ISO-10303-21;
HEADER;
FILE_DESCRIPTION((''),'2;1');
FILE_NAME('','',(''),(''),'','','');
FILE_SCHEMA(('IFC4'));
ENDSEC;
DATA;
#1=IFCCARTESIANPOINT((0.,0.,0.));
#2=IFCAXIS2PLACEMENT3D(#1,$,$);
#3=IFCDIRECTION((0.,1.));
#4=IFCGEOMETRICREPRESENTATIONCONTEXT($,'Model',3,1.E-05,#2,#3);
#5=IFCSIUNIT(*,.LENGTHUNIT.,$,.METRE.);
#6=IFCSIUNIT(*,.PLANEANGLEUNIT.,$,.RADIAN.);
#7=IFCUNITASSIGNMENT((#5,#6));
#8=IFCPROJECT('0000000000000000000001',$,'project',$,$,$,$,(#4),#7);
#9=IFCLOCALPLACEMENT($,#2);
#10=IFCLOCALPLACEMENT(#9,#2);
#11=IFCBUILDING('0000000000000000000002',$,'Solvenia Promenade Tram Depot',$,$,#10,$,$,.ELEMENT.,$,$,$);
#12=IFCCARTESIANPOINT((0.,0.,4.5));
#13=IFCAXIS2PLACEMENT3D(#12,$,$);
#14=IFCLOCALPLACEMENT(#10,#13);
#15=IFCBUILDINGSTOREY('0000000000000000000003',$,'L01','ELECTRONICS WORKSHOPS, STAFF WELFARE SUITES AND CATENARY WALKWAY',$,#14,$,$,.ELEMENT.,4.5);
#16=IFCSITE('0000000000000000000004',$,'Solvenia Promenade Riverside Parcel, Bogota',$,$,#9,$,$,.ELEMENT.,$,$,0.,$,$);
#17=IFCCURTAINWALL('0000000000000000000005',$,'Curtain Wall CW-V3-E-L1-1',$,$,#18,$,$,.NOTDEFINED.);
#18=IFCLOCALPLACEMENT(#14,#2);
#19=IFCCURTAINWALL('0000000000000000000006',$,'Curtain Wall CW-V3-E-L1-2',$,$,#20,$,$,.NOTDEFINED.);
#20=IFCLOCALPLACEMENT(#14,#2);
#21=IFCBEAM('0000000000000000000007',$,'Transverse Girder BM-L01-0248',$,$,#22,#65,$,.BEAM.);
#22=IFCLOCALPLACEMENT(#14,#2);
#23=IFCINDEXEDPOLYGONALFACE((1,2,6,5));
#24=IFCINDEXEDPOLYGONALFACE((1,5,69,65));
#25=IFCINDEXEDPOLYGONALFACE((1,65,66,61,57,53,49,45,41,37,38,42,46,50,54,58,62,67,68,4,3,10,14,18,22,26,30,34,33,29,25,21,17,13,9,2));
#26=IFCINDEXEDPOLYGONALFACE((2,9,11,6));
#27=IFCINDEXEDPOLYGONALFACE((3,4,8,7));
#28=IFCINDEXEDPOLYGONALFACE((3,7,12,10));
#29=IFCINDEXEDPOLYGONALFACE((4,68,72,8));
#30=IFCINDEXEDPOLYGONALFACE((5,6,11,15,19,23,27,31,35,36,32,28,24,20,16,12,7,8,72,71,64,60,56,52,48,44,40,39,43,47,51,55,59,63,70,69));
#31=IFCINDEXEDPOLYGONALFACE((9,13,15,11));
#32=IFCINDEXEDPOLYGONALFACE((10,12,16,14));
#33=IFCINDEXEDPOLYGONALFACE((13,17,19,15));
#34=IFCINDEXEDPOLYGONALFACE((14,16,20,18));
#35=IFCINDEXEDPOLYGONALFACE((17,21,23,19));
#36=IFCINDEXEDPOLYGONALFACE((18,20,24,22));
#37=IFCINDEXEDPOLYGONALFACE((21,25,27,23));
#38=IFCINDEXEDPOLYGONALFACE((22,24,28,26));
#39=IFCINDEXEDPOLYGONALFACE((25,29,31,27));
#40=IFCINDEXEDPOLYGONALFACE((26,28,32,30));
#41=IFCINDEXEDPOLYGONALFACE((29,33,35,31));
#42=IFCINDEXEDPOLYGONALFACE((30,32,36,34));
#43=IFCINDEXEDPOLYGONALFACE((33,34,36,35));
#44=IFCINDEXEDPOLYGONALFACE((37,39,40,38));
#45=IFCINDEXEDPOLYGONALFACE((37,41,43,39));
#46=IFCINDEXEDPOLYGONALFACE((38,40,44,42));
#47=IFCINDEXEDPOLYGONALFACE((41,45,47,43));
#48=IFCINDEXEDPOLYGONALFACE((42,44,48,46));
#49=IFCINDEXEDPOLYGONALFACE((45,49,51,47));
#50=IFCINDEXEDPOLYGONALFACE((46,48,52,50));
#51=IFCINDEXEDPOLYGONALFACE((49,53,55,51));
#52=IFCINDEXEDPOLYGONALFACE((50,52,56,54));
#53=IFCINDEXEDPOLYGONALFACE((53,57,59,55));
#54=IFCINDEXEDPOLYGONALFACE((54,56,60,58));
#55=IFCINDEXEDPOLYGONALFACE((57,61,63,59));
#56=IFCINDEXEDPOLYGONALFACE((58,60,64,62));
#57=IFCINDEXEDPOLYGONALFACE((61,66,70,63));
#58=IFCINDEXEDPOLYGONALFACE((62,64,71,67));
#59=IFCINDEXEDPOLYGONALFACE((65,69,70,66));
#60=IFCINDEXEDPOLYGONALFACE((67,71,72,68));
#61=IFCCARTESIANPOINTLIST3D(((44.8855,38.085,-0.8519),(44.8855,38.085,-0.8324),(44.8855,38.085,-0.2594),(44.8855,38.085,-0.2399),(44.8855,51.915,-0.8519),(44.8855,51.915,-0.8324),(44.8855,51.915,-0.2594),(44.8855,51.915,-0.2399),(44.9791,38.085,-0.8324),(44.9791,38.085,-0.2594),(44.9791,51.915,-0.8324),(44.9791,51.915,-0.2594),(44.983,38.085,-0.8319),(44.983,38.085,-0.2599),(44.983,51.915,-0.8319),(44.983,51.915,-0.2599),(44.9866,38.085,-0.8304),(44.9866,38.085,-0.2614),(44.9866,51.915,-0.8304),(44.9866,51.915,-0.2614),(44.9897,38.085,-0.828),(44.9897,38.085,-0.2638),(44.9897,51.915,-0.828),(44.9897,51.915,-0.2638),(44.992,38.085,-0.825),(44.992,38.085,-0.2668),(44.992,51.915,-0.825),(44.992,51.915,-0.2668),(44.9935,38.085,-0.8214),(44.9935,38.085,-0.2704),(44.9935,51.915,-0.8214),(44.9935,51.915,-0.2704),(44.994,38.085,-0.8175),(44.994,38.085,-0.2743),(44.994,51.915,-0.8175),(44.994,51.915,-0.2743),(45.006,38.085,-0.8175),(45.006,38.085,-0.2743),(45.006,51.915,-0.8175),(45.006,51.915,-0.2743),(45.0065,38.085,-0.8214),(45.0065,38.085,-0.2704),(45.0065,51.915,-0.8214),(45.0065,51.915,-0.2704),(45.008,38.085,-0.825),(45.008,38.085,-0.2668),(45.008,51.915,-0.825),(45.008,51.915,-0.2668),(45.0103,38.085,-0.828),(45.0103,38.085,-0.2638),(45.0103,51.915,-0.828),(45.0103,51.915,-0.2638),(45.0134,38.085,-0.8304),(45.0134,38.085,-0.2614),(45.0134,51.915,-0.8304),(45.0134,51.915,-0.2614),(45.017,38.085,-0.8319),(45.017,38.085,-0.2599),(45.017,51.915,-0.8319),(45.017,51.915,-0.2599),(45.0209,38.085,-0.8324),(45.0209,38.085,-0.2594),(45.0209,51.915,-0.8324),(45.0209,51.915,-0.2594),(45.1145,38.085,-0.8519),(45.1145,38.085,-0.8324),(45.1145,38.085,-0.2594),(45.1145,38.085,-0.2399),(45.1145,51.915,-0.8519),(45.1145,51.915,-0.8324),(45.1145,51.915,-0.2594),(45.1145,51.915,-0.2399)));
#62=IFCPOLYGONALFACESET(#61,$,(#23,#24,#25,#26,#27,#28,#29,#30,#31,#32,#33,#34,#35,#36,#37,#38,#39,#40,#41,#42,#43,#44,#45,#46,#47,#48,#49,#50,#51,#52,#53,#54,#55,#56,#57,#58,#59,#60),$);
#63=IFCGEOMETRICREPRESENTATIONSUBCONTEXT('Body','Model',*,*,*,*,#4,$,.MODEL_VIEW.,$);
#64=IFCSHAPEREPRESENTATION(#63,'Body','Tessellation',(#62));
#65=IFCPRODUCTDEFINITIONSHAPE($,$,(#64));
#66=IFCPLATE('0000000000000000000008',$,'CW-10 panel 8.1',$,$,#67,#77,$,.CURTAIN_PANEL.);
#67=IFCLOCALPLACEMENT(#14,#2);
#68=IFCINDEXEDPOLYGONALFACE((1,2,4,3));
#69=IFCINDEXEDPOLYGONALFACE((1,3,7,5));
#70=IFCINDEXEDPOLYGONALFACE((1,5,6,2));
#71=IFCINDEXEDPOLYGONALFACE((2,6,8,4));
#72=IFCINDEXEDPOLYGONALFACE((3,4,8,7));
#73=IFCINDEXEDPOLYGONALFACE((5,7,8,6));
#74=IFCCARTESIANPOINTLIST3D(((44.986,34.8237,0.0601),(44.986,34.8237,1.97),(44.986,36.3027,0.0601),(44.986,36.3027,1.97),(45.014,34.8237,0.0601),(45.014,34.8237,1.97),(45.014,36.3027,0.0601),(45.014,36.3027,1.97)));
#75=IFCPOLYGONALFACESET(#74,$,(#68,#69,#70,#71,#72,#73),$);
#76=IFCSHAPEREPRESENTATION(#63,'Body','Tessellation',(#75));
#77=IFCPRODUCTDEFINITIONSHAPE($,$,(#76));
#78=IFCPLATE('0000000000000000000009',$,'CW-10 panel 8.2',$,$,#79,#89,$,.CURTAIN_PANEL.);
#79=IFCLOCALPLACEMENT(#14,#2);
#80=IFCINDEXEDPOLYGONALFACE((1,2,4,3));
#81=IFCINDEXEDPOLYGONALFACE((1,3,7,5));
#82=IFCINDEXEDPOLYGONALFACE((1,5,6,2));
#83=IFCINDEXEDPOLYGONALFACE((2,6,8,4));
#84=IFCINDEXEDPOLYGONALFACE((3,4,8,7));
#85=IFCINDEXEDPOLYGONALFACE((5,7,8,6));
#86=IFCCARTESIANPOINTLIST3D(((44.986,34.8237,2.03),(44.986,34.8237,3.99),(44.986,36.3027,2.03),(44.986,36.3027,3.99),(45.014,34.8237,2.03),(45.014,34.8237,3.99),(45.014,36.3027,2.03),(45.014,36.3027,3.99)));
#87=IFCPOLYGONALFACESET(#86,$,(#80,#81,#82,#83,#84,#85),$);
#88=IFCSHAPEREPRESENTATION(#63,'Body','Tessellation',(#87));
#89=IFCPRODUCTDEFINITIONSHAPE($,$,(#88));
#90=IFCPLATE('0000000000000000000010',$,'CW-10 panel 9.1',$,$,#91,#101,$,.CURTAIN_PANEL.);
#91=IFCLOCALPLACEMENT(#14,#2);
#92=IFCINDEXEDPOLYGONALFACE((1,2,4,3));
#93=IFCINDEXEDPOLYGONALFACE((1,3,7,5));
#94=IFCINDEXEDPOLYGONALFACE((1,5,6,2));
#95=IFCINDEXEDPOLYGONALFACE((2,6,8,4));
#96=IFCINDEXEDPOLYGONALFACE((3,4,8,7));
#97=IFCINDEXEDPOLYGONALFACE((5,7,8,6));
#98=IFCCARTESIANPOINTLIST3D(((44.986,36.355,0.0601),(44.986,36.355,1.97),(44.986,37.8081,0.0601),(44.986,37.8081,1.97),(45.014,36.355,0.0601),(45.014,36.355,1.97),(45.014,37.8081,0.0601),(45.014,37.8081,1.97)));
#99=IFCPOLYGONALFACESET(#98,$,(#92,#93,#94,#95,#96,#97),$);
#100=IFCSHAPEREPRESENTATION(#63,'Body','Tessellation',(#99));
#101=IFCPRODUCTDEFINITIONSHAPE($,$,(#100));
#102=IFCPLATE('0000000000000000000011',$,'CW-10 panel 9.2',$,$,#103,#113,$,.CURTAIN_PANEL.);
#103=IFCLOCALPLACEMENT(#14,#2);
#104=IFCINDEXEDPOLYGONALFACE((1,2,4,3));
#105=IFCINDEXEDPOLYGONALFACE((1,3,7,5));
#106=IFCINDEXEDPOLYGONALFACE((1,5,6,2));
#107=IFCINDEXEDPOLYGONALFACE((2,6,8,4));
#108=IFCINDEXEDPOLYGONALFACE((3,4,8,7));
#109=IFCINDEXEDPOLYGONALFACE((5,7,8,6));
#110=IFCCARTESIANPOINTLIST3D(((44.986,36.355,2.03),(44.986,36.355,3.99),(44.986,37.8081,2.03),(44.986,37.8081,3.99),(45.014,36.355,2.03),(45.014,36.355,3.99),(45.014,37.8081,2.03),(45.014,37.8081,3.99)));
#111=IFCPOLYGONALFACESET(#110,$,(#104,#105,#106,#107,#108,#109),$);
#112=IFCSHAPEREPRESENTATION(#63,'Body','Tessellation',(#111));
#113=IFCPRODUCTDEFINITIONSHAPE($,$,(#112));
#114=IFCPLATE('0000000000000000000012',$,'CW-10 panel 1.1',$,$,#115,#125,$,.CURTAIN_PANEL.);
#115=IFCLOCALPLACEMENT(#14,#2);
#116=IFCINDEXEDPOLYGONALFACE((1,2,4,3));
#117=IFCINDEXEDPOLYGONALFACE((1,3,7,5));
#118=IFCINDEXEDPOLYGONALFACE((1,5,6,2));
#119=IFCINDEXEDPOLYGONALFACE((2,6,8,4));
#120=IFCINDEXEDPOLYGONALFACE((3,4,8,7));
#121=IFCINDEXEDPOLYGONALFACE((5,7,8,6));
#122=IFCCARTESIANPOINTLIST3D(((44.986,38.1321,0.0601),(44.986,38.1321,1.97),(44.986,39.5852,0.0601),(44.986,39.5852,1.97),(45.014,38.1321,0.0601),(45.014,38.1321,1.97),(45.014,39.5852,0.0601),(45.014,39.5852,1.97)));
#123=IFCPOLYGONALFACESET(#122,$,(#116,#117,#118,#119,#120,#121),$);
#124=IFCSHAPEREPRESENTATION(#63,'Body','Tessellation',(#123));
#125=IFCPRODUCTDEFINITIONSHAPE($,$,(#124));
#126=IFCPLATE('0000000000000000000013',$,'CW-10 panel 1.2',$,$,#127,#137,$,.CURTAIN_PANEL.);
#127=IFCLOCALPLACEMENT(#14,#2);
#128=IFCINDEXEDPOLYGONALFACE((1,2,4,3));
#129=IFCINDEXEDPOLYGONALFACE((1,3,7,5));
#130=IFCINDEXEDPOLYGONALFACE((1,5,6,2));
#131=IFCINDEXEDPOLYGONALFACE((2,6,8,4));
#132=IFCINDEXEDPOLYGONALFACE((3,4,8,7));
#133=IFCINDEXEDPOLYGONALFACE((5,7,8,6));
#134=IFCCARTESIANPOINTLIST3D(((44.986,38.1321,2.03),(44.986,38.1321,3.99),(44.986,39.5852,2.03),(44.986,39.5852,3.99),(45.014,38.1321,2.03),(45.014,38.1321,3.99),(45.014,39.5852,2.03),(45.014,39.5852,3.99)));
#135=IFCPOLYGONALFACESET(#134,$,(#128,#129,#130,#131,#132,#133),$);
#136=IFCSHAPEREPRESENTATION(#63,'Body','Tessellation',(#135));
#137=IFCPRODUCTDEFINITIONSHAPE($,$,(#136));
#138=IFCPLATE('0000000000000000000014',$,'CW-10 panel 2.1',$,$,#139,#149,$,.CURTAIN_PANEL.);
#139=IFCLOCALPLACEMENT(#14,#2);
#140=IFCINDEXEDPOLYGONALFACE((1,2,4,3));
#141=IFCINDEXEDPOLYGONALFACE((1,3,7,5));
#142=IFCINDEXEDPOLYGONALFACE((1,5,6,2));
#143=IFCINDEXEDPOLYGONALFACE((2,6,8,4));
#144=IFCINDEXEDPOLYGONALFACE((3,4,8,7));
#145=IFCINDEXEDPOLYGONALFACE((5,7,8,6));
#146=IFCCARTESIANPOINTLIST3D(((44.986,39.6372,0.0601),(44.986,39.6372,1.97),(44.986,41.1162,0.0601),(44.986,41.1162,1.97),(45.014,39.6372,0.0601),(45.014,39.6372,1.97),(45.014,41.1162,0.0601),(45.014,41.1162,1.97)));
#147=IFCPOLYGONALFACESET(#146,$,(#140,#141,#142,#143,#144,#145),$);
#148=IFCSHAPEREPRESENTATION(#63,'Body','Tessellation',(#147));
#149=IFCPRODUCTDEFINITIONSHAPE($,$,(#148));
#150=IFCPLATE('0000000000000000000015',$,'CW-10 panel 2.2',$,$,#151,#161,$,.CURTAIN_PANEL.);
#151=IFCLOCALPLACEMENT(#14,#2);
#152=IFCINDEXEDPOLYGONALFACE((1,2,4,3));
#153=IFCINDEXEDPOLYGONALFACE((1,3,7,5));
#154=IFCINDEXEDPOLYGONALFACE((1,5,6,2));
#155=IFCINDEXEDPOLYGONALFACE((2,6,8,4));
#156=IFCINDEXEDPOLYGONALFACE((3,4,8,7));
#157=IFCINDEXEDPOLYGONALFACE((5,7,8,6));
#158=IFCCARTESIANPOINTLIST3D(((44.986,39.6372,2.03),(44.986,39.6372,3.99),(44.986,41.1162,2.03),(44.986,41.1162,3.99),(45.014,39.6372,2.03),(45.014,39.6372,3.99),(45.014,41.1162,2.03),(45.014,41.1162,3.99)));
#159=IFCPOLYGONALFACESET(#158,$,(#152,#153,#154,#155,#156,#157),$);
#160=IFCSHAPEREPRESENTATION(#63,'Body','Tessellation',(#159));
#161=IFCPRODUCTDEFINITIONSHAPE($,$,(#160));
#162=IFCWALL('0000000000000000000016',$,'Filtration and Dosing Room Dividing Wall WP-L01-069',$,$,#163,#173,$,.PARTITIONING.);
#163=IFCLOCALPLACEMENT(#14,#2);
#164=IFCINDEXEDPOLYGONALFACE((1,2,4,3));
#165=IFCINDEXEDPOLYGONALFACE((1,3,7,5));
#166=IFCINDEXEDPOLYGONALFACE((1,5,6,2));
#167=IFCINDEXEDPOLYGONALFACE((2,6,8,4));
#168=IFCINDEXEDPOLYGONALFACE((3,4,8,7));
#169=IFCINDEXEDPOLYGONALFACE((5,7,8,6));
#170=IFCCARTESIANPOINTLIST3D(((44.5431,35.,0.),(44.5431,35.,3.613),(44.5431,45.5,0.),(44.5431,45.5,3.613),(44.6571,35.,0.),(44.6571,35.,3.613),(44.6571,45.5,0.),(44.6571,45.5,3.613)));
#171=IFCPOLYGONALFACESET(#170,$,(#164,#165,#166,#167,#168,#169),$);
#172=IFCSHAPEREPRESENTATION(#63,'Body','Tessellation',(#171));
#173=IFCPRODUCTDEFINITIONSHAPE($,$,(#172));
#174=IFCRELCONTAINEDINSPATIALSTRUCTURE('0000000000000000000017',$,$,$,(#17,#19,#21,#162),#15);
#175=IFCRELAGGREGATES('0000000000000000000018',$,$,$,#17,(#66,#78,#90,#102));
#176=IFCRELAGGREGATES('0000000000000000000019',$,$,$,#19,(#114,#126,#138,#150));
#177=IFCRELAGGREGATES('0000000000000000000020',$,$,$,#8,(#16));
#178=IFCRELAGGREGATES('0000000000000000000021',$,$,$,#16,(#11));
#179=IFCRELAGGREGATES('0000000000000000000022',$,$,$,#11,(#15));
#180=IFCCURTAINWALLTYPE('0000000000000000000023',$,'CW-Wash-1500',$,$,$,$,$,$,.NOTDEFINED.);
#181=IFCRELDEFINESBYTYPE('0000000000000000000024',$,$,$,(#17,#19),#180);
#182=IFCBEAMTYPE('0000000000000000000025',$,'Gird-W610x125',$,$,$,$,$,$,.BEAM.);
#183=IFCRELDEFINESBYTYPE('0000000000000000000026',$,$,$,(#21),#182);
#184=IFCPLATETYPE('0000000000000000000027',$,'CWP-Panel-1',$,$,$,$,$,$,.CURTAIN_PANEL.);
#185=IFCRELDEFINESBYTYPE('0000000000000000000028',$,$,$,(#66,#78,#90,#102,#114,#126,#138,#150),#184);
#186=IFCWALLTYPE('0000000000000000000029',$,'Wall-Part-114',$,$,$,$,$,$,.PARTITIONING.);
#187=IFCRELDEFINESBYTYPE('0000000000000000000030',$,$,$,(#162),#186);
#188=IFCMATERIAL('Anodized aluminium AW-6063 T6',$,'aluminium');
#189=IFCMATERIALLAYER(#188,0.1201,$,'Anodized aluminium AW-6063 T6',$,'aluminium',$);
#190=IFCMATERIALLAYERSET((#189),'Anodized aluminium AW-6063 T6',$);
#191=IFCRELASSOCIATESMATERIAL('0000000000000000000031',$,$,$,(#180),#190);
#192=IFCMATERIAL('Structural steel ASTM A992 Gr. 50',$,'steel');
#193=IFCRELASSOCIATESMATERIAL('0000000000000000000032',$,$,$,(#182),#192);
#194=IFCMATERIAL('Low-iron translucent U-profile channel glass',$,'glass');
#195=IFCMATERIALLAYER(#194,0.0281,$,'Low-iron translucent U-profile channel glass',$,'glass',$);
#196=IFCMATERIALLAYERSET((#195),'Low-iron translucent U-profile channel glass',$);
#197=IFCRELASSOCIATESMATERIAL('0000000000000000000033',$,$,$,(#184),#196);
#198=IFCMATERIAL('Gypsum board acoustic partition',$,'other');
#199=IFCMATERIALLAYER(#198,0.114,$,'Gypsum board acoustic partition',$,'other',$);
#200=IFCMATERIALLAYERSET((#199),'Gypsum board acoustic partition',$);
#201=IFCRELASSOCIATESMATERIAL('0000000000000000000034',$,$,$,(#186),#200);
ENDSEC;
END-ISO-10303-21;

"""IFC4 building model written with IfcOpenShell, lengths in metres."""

from ifc_helpers import new_model, si_unit, direction, frame, frame_2d, origin, origin_2d, place, context, subcontext, project, spatial, rectangle, i_section, extrude, material, layer, layer_set, material_profile, profile_set, type_object, element, aggregate, save


model = new_model("IFC4")

# Units and contexts
model_context = context("Model", 3, precision=1e-05, world=origin(), true_north=direction((0.0, 1.0)))
body_context = subcontext(model_context, "Body", "Model", "MODEL_VIEW")
ifc_project = project(units=[si_unit("LENGTHUNIT", "METRE"), si_unit("PLANEANGLEUNIT", "RADIAN")], contexts=[model_context])

# Site, building, storey
site_placement = place(None, origin())
site = spatial("IfcSite", under=ifc_project, at=site_placement, Name="Solvenia Promenade Riverside Parcel, Bogota", CompositionType="ELEMENT", RefElevation=0.0)
building_placement = place(site_placement, origin())
building = spatial("IfcBuilding", under=site, at=building_placement, Name="Solvenia Promenade Tram Depot", CompositionType="ELEMENT")
storey_placement = place(building_placement, frame((0.0, 0.0, 4.5)))
storey = spatial("IfcBuildingStorey", under=building, at=storey_placement, Name="L01", Description="ELECTRONICS WORKSHOPS, STAFF WELFARE SUITES AND CATENARY WALKWAY", CompositionType="ELEMENT", Elevation=4.5)

# Shared definitions
ifc_material_1 = material(Name="Structural steel ASTM A992 Gr. 50", Category="steel")

# Curtain walls
ifc_material_2 = material(Name="Anodized aluminium AW-6063 T6", Category="aluminium")
ifc_layer_1 = layer(ifc_material_2, 0.1201, Name="Anodized aluminium AW-6063 T6", Category="aluminium")
ifc_layer_set_1 = layer_set([ifc_layer_1], Name="Anodized aluminium AW-6063 T6")
curtain_wall_type = type_object("IfcCurtainWallType", Name="CW-Wash-1500", PredefinedType="NOTDEFINED", material=ifc_layer_set_1)
curtain_wall_1_placement = place(storey_placement, origin())
curtain_wall_1 = element("IfcCurtainWall", 1, at=curtain_wall_1_placement, inside=storey, type_object=curtain_wall_type, Name="Curtain Wall CW-V3-E-L1-1", PredefinedType="NOTDEFINED")
curtain_wall_2_placement = place(storey_placement, origin())
curtain_wall_2 = element("IfcCurtainWall", 2, at=curtain_wall_2_placement, inside=storey, type_object=curtain_wall_type, Name="Curtain Wall CW-V3-E-L1-2", PredefinedType="NOTDEFINED")

# Beam
ifc_material_profile_1 = material_profile(ifc_material_1, i_section(OverallWidth=0.229, OverallDepth=0.6121, WebThickness=0.012, FlangeThickness=0.0195, FilletRadius=0.0149, at=origin_2d()), Name="W610x125", Category="steel")
ifc_profile_set_1 = profile_set([ifc_material_profile_1], Name="Structural steel ASTM A992 Gr. 50")
beam_type_1 = type_object("IfcBeamType", Name="Gird-W610x125", PredefinedType="BEAM", material=ifc_profile_set_1)
for number, where, z_axis, x_axis, name in (
    (3, (45.0, 38.085, -0.5459), (0.0, 1.0, 0.0), (-1.0, 0.0, 0.0), "Transverse Girder BM-L01-0248"),
):
    element("IfcBeam", number, at=place(storey_placement, frame(where, z_axis=z_axis, x_axis=x_axis)), inside=storey, type_object=beam_type_1, Name=name, PredefinedType="BEAM", context=body_context, shape_type="SweptSolid", body=[
        extrude(i_section(OverallWidth=0.229, OverallDepth=0.6121, WebThickness=0.012, FlangeThickness=0.0195, FilletRadius=0.0149, at=origin_2d()), origin(), (0.0, 0.0, 1.0), 13.8301),
    ])

# Plates
ifc_material_3 = material(Name="Low-iron translucent U-profile channel glass", Category="glass")
ifc_layer_2 = layer(ifc_material_3, 0.0281, Name="Low-iron translucent U-profile channel glass", Category="glass")
ifc_layer_set_2 = layer_set([ifc_layer_2], Name="Low-iron translucent U-profile channel glass")
plate_type = type_object("IfcPlateType", Name="CWP-Panel-1", PredefinedType="CURTAIN_PANEL", material=ifc_layer_set_2)
plate_1_placement = place(storey_placement, frame((45.0, 35.5632, 0.0601), z_axis=(0.0, 0.0, 1.0), x_axis=(0.0, 1.0, 0.0)))
plate_1 = element("IfcPlate", 4, at=plate_1_placement, type_object=plate_type, Name="CW-10 panel 8.1", PredefinedType="CURTAIN_PANEL", context=body_context, shape_type="SweptSolid", body=[
    extrude(rectangle(XDim=1.479, YDim=0.0281, at=origin_2d()), origin(), (0.0, 0.0, 1.0), 1.9099),
])
plate_2_placement = place(storey_placement, frame((45.0, 35.5632, 2.03), z_axis=(0.0, 0.0, 1.0), x_axis=(0.0, 1.0, 0.0)))
plate_2 = element("IfcPlate", 5, at=plate_2_placement, type_object=plate_type, Name="CW-10 panel 8.2", PredefinedType="CURTAIN_PANEL", context=body_context, shape_type="SweptSolid", body=[
    extrude(rectangle(XDim=1.479, YDim=0.0281, at=origin_2d()), origin(), (0.0, 0.0, 1.0), 1.96),
])
plate_3_placement = place(storey_placement, frame((45.0, 37.0815, 0.0601), z_axis=(0.0, 0.0, 1.0), x_axis=(0.0, 1.0, 0.0)))
plate_3 = element("IfcPlate", 6, at=plate_3_placement, type_object=plate_type, Name="CW-10 panel 9.1", PredefinedType="CURTAIN_PANEL", context=body_context, shape_type="SweptSolid", body=[
    extrude(rectangle(XDim=1.4531, YDim=0.0281, at=origin_2d()), origin(), (0.0, 0.0, 1.0), 1.9099),
])
plate_4_placement = place(storey_placement, frame((45.0, 37.0815, 2.03), z_axis=(0.0, 0.0, 1.0), x_axis=(0.0, 1.0, 0.0)))
plate_4 = element("IfcPlate", 7, at=plate_4_placement, type_object=plate_type, Name="CW-10 panel 9.2", PredefinedType="CURTAIN_PANEL", context=body_context, shape_type="SweptSolid", body=[
    extrude(rectangle(XDim=1.4531, YDim=0.0281, at=origin_2d()), origin(), (0.0, 0.0, 1.0), 1.96),
])
aggregate(curtain_wall_1, [plate_1, plate_2, plate_3, plate_4])
plate_5_placement = place(storey_placement, frame((45.0, 38.8586, 0.0601), z_axis=(0.0, 0.0, 1.0), x_axis=(0.0, 1.0, 0.0)))
plate_5 = element("IfcPlate", 8, at=plate_5_placement, type_object=plate_type, Name="CW-10 panel 1.1", PredefinedType="CURTAIN_PANEL", context=body_context, shape_type="SweptSolid", body=[
    extrude(rectangle(XDim=1.4531, YDim=0.0281, at=origin_2d()), origin(), (0.0, 0.0, 1.0), 1.9099),
])
plate_6_placement = place(storey_placement, frame((45.0, 38.8586, 2.03), z_axis=(0.0, 0.0, 1.0), x_axis=(0.0, 1.0, 0.0)))
plate_6 = element("IfcPlate", 9, at=plate_6_placement, type_object=plate_type, Name="CW-10 panel 1.2", PredefinedType="CURTAIN_PANEL", context=body_context, shape_type="SweptSolid", body=[
    extrude(rectangle(XDim=1.4531, YDim=0.0281, at=origin_2d()), origin(), (0.0, 0.0, 1.0), 1.96),
])
plate_7_placement = place(storey_placement, frame((45.0, 40.3767, 0.0601), z_axis=(0.0, 0.0, 1.0), x_axis=(0.0, 1.0, 0.0)))
plate_7 = element("IfcPlate", 10, at=plate_7_placement, type_object=plate_type, Name="CW-10 panel 2.1", PredefinedType="CURTAIN_PANEL", context=body_context, shape_type="SweptSolid", body=[
    extrude(rectangle(XDim=1.479, YDim=0.0281, at=origin_2d()), origin(), (0.0, 0.0, 1.0), 1.9099),
])
plate_8_placement = place(storey_placement, frame((45.0, 40.3767, 2.03), z_axis=(0.0, 0.0, 1.0), x_axis=(0.0, 1.0, 0.0)))
plate_8 = element("IfcPlate", 11, at=plate_8_placement, type_object=plate_type, Name="CW-10 panel 2.2", PredefinedType="CURTAIN_PANEL", context=body_context, shape_type="SweptSolid", body=[
    extrude(rectangle(XDim=1.479, YDim=0.0281, at=origin_2d()), origin(), (0.0, 0.0, 1.0), 1.96),
])
aggregate(curtain_wall_2, [plate_5, plate_6, plate_7, plate_8])

# Wall
ifc_material_4 = material(Name="Gypsum board acoustic partition", Category="other")
ifc_layer_3 = layer(ifc_material_4, 0.114, Name="Gypsum board acoustic partition", Category="other")
ifc_layer_set_3 = layer_set([ifc_layer_3], Name="Gypsum board acoustic partition")
wall_type = type_object("IfcWallType", Name="Wall-Part-114", PredefinedType="PARTITIONING", material=ifc_layer_set_3)
wall_placement = place(storey_placement, frame((44.6001, 35.0, 0.0), z_axis=(0.0, 0.0, 1.0), x_axis=(0.0, 1.0, 0.0)))
element("IfcWall", 12, at=wall_placement, inside=storey, type_object=wall_type, Name="Filtration and Dosing Room Dividing Wall WP-L01-069", PredefinedType="PARTITIONING", context=body_context, shape_type="SweptSolid", body=[
    extrude(rectangle(XDim=10.5, YDim=0.114, at=frame_2d((5.25, 0.0))), origin(), (0.0, 0.0, 1.0), 3.613),
])

save(model, "model.ifc")
